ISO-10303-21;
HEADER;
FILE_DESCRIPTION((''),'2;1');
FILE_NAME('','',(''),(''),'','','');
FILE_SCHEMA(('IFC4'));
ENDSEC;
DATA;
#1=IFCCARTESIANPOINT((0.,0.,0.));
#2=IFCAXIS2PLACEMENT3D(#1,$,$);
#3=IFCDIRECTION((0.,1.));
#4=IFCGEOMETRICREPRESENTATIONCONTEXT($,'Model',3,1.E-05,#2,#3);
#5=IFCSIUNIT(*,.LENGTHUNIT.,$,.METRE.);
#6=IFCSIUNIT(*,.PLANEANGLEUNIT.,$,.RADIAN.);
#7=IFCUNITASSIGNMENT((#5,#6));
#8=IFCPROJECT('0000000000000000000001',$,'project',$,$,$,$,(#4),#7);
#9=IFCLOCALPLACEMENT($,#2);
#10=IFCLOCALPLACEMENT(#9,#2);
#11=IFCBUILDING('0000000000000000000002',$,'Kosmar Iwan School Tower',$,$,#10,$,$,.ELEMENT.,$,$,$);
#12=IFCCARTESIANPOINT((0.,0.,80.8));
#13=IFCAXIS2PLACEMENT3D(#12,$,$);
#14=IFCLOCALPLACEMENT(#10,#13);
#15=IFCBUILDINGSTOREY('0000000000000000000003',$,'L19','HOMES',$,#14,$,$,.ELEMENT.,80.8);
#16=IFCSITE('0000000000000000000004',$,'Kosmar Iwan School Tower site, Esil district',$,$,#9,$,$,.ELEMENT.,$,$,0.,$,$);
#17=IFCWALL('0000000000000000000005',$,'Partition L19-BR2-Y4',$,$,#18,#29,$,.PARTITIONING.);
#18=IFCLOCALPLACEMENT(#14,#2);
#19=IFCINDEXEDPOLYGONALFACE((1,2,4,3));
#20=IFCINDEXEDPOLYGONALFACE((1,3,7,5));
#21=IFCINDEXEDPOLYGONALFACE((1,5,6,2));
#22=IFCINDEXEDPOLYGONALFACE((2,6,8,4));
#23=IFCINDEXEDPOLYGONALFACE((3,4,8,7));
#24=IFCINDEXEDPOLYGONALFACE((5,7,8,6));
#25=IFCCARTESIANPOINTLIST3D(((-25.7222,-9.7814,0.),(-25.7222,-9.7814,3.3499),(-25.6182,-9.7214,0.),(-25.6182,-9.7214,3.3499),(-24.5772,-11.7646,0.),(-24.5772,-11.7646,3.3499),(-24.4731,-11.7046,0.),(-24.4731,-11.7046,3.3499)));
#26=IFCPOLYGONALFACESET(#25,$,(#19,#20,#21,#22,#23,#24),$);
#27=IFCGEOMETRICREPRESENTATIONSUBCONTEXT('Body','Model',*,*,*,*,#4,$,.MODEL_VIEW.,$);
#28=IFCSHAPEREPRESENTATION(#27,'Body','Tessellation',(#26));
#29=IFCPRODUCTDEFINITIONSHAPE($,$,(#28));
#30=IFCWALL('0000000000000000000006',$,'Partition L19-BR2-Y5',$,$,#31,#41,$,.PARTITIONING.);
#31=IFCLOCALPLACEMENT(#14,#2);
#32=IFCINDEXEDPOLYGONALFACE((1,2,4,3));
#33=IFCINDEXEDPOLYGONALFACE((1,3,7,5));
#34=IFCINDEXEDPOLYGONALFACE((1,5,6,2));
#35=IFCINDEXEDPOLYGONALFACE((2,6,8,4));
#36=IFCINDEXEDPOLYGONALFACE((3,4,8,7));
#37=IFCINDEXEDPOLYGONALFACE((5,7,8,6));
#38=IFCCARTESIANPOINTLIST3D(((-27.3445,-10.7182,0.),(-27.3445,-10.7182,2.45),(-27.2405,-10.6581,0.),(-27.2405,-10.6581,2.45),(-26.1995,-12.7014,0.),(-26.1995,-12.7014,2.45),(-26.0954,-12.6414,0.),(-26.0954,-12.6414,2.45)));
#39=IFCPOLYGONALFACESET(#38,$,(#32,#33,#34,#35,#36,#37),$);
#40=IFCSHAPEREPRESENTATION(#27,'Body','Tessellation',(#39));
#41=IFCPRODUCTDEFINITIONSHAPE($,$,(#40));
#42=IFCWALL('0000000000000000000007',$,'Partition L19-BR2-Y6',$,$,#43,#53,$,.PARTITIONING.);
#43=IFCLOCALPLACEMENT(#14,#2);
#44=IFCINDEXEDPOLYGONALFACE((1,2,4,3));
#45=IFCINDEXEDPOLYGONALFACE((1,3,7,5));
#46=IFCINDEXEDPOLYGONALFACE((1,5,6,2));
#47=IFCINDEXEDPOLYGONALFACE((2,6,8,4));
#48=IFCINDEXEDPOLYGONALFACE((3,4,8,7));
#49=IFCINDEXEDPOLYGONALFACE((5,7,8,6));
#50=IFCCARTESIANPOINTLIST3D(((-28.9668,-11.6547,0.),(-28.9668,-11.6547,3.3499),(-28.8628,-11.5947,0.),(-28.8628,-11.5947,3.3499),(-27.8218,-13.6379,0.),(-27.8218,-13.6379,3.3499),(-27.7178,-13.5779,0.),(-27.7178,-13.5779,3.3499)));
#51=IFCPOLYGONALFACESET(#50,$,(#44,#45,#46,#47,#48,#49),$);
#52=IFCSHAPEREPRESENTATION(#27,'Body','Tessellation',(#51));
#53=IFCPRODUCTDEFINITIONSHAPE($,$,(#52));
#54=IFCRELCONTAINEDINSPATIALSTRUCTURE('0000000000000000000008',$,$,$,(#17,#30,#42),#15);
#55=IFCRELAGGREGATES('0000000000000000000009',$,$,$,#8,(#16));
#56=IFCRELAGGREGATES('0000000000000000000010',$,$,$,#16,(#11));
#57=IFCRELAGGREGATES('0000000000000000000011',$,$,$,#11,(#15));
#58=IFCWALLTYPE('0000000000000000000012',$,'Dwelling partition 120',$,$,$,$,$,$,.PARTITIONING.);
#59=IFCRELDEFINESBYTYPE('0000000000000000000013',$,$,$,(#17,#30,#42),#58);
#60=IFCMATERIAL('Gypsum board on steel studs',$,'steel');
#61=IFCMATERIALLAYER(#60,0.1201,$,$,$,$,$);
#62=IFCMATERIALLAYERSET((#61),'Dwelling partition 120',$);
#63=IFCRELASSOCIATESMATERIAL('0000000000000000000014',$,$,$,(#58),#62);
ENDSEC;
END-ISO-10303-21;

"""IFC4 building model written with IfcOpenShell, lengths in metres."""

from ifc_helpers import new_model, si_unit, direction, frame, frame_2d, origin, place, context, subcontext, project, spatial, rectangle, extrude, material, layer, layer_set, type_object, element, save


model = new_model("IFC4")

# Units and contexts
model_context = context("Model", 3, precision=1e-05, world=origin(), true_north=direction((0.0, 1.0)))
body_context = subcontext(model_context, "Body", "Model", "MODEL_VIEW")
ifc_project = project(units=[si_unit("LENGTHUNIT", "METRE"), si_unit("PLANEANGLEUNIT", "RADIAN")], contexts=[model_context])

# Site, building, storey
site_placement = place(None, origin())
site = spatial("IfcSite", under=ifc_project, at=site_placement, Name="Kosmar Iwan School Tower site, Esil district", CompositionType="ELEMENT", RefElevation=0.0)
building_placement = place(site_placement, origin())
building = spatial("IfcBuilding", under=site, at=building_placement, Name="Kosmar Iwan School Tower", CompositionType="ELEMENT")
storey_placement = place(building_placement, frame((0.0, 0.0, 80.8)))
storey = spatial("IfcBuildingStorey", under=building, at=storey_placement, Name="L19", Description="HOMES", CompositionType="ELEMENT", Elevation=80.8)

# Walls
ifc_material_1 = material(Name="Gypsum board on steel studs", Category="steel")
ifc_layer_1 = layer(ifc_material_1, 0.1201)
ifc_layer_set_1 = layer_set([ifc_layer_1], Name="Dwelling partition 120")
wall_type_1 = type_object("IfcWallType", Name="Dwelling partition 120", PredefinedType="PARTITIONING", material=ifc_layer_set_1)
wall_1_placement = place(storey_placement, frame((-24.5251, -11.7346, 0.0), z_axis=(0.0, 0.0, 1.0), x_axis=(-0.500015, 0.866017, 0.0)))
element("IfcWall", 1, at=wall_1_placement, inside=storey, type_object=wall_type_1, Name="Partition L19-BR2-Y4", PredefinedType="PARTITIONING", context=body_context, shape_type="SweptSolid", body=[
    extrude(rectangle(XDim=2.29, YDim=0.1201, at=frame_2d((1.145, 0.0))), origin(), (0.0, 0.0, 1.0), 3.3499),
])
wall_2_placement = place(storey_placement, frame((-26.1475, -12.6714, 0.0), z_axis=(0.0, 0.0, 1.0), x_axis=(-0.500015, 0.866017, 0.0)))
element("IfcWall", 2, at=wall_2_placement, inside=storey, type_object=wall_type_1, Name="Partition L19-BR2-Y5", PredefinedType="PARTITIONING", context=body_context, shape_type="SweptSolid", body=[
    extrude(rectangle(XDim=2.29, YDim=0.1201, at=frame_2d((1.145, 0.0))), origin(), (0.0, 0.0, 1.0), 2.45),
])
wall_3_placement = place(storey_placement, frame((-27.7698, -13.6079, 0.0), z_axis=(0.0, 0.0, 1.0), x_axis=(-0.500015, 0.866017, 0.0)))
element("IfcWall", 3, at=wall_3_placement, inside=storey, type_object=wall_type_1, Name="Partition L19-BR2-Y6", PredefinedType="PARTITIONING", context=body_context, shape_type="SweptSolid", body=[
    extrude(rectangle(XDim=2.29, YDim=0.1201, at=frame_2d((1.145, 0.0))), origin(), (0.0, 0.0, 1.0), 3.3499),
])

save(model, "model.ifc")
